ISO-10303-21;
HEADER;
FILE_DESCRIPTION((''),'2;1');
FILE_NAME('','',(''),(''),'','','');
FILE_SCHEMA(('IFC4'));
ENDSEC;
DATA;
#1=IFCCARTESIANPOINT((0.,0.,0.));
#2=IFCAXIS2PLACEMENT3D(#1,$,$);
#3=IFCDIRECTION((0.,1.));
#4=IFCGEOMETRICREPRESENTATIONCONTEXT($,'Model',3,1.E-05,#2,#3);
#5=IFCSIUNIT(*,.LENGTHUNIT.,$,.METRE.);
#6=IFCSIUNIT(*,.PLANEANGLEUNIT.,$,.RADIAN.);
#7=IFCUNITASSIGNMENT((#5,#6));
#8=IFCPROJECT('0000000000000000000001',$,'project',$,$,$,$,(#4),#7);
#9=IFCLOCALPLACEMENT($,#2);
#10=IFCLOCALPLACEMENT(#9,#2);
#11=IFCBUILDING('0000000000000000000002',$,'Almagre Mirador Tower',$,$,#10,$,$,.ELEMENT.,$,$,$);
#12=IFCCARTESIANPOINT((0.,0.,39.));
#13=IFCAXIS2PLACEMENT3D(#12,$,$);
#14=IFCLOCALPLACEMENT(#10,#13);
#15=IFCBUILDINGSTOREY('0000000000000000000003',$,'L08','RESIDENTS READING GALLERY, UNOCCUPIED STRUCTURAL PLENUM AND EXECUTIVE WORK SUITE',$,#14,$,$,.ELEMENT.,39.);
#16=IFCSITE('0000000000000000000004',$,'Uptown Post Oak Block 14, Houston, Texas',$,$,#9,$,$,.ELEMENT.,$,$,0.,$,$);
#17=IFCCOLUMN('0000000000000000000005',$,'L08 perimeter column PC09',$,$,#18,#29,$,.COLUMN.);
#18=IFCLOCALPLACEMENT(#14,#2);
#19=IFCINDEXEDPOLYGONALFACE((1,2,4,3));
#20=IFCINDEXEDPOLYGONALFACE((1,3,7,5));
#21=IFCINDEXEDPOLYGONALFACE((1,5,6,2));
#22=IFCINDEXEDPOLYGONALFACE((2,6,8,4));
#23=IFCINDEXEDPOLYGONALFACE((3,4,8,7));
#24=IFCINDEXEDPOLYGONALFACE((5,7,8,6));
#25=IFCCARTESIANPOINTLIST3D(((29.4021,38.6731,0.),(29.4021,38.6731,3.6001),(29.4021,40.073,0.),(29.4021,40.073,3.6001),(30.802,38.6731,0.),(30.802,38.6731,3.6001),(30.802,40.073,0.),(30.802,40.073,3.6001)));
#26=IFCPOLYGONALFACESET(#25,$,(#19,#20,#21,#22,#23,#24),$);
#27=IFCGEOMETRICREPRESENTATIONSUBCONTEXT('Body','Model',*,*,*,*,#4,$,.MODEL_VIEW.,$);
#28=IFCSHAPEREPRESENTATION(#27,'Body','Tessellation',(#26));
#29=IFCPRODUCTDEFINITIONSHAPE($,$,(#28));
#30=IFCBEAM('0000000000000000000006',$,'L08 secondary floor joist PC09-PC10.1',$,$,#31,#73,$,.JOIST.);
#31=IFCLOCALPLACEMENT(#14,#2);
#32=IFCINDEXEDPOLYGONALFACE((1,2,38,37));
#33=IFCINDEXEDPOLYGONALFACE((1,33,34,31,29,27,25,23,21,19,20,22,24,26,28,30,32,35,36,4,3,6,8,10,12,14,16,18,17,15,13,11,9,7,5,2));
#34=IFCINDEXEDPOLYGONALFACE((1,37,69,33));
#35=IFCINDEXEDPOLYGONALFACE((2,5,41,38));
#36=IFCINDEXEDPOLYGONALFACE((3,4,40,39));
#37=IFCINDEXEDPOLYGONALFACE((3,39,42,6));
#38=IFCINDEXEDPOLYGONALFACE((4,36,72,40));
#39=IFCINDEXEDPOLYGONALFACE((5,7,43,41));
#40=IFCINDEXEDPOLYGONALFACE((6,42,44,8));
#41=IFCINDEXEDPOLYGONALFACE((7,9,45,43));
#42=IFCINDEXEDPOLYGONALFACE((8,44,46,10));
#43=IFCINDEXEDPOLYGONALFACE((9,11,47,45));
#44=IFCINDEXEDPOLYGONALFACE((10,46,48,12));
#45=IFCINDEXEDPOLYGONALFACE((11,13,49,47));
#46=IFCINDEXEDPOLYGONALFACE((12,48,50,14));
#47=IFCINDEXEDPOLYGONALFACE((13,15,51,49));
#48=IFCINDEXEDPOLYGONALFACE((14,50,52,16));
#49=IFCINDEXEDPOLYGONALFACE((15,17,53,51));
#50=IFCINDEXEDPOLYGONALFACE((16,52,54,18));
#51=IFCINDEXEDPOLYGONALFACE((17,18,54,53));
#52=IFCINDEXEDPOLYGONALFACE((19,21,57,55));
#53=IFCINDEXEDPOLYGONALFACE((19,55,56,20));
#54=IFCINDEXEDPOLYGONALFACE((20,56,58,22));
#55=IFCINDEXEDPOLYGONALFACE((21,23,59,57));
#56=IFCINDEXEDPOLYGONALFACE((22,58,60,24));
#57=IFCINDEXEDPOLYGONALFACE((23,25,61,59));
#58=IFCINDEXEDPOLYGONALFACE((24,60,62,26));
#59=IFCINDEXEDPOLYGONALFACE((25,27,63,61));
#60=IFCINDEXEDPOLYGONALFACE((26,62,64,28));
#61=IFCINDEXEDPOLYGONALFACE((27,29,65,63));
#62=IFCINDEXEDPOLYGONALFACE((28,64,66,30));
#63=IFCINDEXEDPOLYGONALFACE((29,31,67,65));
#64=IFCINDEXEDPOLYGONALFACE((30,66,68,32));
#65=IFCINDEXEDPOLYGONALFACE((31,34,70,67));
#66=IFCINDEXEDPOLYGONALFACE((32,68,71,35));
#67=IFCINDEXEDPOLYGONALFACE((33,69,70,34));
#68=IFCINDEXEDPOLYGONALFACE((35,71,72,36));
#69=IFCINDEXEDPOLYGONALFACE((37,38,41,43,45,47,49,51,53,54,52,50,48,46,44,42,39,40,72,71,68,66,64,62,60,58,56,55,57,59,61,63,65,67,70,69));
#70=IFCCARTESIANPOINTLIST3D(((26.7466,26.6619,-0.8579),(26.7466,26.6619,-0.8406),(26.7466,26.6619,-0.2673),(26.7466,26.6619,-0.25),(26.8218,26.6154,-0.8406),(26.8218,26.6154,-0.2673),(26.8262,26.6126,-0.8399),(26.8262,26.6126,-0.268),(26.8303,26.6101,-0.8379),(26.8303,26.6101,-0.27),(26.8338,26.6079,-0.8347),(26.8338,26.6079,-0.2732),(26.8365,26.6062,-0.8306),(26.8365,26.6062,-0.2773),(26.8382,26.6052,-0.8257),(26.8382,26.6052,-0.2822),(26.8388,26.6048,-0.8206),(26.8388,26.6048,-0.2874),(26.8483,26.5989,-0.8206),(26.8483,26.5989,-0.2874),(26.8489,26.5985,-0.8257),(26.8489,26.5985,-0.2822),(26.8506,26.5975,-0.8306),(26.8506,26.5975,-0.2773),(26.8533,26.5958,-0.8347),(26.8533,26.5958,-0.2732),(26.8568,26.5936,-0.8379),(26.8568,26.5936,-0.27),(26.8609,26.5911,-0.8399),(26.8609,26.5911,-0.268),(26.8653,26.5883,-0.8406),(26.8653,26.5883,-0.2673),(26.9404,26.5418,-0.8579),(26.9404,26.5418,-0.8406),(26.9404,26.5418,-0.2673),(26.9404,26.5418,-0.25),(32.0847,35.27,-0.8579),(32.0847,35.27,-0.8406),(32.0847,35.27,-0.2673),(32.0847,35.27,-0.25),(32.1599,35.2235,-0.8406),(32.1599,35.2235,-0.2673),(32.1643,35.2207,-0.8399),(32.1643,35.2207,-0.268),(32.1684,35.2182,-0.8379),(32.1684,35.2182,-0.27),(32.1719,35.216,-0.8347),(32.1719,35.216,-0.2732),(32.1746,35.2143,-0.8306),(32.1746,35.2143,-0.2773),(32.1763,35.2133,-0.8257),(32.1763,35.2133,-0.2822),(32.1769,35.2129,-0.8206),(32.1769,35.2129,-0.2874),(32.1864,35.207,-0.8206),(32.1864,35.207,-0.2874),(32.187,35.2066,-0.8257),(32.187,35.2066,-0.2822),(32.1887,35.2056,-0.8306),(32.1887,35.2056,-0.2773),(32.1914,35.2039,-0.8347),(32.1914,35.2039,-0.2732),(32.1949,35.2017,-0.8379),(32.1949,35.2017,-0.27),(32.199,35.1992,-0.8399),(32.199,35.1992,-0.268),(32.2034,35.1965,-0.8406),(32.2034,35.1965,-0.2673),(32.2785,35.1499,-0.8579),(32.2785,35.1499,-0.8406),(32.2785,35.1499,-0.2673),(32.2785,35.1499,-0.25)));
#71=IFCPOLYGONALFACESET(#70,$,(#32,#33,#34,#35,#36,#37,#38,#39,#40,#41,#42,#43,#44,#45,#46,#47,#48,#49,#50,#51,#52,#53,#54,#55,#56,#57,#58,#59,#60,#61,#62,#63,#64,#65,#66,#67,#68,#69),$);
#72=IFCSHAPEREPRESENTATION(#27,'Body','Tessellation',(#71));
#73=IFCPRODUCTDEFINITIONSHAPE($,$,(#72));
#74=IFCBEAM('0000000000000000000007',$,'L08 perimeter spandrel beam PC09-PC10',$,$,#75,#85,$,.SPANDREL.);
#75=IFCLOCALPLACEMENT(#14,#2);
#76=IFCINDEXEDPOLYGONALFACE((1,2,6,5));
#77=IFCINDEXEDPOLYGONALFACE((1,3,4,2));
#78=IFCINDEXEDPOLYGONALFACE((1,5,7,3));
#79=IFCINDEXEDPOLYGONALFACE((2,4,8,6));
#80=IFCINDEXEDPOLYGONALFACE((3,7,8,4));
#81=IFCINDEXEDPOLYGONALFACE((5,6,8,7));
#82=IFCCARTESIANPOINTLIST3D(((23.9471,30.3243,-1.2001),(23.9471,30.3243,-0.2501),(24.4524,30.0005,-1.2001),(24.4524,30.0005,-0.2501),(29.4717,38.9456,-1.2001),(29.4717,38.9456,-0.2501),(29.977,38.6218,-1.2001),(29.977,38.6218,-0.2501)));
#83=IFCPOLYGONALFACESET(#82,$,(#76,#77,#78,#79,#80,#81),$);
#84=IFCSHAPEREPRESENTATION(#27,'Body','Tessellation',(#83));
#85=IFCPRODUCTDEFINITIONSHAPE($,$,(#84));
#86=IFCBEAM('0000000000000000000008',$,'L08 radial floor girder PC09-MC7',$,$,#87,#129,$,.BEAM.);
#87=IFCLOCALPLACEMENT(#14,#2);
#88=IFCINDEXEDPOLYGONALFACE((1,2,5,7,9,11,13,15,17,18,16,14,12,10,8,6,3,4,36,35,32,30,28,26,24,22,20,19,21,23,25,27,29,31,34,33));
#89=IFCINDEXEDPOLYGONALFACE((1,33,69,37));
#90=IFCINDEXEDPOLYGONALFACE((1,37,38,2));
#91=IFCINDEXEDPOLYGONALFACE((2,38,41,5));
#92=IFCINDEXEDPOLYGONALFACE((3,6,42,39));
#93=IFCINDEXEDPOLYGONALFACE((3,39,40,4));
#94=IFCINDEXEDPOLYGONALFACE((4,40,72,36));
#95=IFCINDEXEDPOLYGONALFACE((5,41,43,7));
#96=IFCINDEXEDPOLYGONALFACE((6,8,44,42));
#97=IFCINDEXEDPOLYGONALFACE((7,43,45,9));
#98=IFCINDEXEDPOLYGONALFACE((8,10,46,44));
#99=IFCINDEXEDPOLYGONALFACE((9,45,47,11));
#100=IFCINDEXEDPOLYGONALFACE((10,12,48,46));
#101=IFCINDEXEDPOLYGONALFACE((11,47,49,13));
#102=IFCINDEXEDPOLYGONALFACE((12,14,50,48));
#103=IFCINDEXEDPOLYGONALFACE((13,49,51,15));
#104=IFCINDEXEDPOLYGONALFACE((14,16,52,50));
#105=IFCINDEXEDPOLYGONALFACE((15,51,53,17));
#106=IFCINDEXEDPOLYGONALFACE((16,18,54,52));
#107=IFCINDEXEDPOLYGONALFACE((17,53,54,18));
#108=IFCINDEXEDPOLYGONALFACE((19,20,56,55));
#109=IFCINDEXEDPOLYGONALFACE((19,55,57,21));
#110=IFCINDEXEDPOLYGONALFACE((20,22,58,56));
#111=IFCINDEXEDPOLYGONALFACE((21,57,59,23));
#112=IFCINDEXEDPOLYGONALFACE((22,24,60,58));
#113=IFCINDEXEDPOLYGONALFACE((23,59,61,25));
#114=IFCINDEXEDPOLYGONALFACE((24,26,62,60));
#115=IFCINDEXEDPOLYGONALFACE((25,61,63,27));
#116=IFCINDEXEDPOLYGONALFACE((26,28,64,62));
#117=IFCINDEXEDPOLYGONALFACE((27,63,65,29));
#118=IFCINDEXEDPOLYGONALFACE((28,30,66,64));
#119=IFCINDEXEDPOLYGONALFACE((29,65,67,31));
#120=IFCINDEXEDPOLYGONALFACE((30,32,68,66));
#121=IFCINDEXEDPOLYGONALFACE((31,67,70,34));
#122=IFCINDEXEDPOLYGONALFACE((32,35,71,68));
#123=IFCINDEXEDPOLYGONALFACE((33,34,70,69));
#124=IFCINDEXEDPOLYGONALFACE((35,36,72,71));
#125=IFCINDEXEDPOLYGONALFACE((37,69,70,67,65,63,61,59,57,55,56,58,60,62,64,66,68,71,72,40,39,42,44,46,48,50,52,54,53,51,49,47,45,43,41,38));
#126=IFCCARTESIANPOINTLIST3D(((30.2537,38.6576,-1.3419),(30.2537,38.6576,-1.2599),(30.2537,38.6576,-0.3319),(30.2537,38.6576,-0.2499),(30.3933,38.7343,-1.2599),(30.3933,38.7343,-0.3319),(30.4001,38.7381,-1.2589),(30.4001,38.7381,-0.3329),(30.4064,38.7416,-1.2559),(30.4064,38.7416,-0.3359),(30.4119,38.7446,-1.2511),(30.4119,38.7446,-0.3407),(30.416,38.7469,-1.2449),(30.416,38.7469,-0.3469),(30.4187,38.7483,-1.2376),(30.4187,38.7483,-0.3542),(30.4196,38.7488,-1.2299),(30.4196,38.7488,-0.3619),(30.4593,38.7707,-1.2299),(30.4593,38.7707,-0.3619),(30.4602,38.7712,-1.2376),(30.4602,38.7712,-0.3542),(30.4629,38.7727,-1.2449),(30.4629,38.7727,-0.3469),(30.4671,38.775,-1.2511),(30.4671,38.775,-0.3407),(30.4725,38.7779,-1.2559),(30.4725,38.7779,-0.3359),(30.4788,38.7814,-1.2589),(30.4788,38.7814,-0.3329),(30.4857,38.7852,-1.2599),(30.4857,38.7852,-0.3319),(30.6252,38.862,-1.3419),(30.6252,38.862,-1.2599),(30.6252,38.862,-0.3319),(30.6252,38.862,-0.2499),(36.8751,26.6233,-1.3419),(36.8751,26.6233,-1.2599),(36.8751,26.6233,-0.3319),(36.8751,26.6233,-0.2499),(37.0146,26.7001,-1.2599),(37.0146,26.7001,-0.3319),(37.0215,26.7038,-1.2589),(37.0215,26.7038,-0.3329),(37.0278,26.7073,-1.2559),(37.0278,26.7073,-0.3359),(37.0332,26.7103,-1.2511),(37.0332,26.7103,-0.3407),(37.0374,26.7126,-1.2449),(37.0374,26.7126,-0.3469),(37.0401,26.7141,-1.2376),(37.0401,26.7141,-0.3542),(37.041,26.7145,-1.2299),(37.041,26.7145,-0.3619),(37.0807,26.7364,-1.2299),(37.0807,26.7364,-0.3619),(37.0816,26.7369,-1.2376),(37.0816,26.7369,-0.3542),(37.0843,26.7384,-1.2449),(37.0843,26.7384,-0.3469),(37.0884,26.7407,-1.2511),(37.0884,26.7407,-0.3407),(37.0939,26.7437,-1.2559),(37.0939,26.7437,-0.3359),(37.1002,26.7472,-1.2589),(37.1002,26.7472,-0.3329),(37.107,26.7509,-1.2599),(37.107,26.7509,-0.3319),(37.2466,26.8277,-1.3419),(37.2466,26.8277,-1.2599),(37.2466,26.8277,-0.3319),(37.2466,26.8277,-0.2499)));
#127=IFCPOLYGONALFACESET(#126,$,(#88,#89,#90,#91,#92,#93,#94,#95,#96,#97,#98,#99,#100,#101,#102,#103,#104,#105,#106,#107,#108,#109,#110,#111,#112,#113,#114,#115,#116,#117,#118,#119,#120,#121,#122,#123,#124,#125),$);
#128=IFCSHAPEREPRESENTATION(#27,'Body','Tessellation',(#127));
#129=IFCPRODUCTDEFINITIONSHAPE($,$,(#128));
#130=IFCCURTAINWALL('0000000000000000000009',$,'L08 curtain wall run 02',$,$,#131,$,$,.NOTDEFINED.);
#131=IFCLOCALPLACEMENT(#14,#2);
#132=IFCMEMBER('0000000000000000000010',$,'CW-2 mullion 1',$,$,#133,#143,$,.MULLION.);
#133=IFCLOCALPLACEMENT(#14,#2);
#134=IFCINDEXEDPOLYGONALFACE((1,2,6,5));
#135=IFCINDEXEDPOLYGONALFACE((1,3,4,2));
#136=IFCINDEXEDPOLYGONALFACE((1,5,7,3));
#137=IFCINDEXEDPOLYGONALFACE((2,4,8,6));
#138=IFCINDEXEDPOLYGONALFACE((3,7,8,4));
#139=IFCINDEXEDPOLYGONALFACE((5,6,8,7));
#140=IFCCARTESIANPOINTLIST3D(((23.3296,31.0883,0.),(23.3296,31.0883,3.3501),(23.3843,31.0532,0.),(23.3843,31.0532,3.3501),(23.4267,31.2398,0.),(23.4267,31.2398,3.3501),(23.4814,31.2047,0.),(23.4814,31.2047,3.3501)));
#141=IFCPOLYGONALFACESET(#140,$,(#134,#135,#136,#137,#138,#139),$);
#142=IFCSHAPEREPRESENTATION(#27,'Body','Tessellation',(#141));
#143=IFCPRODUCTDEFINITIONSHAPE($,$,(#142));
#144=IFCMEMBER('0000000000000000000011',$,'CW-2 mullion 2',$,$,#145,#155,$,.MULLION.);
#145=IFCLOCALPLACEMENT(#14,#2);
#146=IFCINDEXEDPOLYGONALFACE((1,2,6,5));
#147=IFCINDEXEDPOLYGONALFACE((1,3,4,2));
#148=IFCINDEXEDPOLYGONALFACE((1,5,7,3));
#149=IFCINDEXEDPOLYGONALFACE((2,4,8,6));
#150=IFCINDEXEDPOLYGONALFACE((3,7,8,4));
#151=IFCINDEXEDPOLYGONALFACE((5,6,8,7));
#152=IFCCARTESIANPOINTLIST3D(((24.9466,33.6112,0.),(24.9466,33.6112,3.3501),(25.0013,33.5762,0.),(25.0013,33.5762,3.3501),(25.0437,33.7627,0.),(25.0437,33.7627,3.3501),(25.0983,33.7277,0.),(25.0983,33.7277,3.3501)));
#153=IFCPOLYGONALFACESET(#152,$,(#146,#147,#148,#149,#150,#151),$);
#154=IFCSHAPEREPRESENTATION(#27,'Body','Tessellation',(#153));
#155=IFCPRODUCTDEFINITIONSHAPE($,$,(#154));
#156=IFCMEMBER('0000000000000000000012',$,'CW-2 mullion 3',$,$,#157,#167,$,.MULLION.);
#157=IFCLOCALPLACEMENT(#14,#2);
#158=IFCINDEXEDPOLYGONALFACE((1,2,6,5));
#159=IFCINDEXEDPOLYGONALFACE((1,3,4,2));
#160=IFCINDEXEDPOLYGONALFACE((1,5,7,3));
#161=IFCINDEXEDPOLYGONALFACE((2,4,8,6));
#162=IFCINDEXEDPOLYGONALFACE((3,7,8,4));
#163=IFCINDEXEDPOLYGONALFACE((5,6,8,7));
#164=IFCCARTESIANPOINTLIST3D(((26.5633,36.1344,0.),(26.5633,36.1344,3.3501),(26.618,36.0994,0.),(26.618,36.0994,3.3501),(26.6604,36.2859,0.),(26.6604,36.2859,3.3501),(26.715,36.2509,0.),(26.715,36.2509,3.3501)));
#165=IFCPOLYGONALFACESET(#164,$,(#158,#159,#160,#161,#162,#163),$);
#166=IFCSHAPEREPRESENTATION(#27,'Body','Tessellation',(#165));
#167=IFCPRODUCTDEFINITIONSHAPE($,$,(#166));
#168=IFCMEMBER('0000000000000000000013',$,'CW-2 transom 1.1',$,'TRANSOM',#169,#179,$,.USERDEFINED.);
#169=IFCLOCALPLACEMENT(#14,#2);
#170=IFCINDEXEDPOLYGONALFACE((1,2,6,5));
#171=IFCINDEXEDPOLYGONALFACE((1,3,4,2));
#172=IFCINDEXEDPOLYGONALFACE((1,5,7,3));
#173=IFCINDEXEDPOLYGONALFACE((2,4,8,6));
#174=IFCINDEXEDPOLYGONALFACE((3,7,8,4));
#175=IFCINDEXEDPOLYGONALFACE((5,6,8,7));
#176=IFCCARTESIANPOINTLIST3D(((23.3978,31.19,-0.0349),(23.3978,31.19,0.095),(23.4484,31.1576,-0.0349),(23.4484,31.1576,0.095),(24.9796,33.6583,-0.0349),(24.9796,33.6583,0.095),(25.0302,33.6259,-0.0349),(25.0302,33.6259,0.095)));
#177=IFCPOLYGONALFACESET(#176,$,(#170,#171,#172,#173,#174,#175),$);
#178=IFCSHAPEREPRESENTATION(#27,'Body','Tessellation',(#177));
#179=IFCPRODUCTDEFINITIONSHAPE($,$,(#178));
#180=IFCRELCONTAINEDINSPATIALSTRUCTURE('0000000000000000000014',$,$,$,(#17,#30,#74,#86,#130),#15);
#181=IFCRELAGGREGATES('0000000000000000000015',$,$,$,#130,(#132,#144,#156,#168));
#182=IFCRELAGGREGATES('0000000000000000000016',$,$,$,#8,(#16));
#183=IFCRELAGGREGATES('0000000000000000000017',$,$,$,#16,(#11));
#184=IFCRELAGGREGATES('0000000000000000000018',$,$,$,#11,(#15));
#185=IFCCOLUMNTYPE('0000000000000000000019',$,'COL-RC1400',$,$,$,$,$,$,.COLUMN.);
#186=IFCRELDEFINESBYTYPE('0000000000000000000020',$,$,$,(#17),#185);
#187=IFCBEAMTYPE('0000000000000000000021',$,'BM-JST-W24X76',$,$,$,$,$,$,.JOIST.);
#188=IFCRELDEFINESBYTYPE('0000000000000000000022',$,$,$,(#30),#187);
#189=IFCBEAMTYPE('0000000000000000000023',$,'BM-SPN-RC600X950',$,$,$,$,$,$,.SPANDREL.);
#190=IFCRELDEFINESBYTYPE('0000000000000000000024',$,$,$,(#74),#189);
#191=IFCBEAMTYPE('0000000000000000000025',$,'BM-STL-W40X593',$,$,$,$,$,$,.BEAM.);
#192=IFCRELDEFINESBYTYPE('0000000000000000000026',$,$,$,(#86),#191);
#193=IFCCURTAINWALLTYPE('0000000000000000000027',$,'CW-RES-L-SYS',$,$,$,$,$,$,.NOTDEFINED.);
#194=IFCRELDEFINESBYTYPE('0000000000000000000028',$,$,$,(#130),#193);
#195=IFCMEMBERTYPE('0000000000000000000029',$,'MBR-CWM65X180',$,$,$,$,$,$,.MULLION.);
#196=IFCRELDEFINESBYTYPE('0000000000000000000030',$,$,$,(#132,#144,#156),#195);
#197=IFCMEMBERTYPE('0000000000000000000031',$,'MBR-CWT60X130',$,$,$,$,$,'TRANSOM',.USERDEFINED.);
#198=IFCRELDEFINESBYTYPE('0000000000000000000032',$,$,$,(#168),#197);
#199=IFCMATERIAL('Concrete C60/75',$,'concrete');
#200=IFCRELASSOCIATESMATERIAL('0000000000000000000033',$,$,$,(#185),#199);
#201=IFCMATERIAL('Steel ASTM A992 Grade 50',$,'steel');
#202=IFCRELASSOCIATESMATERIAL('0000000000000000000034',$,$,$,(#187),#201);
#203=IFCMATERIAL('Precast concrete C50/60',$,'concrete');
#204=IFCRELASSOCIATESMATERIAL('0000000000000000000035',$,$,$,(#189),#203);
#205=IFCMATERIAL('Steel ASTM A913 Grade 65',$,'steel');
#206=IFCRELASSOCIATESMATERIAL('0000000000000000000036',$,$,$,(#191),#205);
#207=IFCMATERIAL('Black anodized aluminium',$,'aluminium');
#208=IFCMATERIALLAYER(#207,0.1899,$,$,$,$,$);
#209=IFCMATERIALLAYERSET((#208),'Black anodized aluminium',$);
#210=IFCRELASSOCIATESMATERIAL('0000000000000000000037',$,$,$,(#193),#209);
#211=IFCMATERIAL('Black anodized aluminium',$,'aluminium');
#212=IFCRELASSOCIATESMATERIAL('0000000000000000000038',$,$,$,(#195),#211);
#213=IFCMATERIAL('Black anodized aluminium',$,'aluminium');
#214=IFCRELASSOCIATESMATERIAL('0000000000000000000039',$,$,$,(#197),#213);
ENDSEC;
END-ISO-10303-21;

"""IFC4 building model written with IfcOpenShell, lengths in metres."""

from ifc_helpers import new_model, si_unit, direction, frame, origin, origin_2d, place, context, subcontext, project, spatial, rectangle, i_section, extrude, material, layer, layer_set, material_profile, profile_set, type_object, element, aggregate, save


model = new_model("IFC4")

# Units and contexts
model_context = context("Model", 3, precision=1e-05, world=origin(), true_north=direction((0.0, 1.0)))
body_context = subcontext(model_context, "Body", "Model", "MODEL_VIEW")
ifc_project = project(units=[si_unit("LENGTHUNIT", "METRE"), si_unit("PLANEANGLEUNIT", "RADIAN")], contexts=[model_context])

# Site, building, storey
site_placement = place(None, origin())
site = spatial("IfcSite", under=ifc_project, at=site_placement, Name="Uptown Post Oak Block 14, Houston, Texas", CompositionType="ELEMENT", RefElevation=0.0)
building_placement = place(site_placement, origin())
building = spatial("IfcBuilding", under=site, at=building_placement, Name="Almagre Mirador Tower", CompositionType="ELEMENT")
storey_placement = place(building_placement, frame((0.0, 0.0, 39.0)))
storey = spatial("IfcBuildingStorey", under=building, at=storey_placement, Name="L08", Description="RESIDENTS READING GALLERY, UNOCCUPIED STRUCTURAL PLENUM AND EXECUTIVE WORK SUITE", CompositionType="ELEMENT", Elevation=39.0)

# Column
ifc_material_1 = material(Name="Concrete C60/75", Category="concrete")
ifc_material_profile_1 = material_profile(ifc_material_1, rectangle(XDim=1.3999, YDim=1.3999, at=origin_2d()), Name="RC1400X1400")
ifc_profile_set_1 = profile_set([ifc_material_profile_1], Name="Concrete C60/75")
column_type = type_object("IfcColumnType", Name="COL-RC1400", PredefinedType="COLUMN", material=ifc_profile_set_1)
column_placement = place(storey_placement, frame((30.1021, 39.373, 0.0), z_axis=(0.0, 0.0, 1.0), x_axis=(1.0, 0.0, 0.0)))
element("IfcColumn", 1, at=column_placement, inside=storey, type_object=column_type, Name="L08 perimeter column PC09", PredefinedType="COLUMN", context=body_context, shape_type="SweptSolid", body=[
    extrude(rectangle(XDim=1.3999, YDim=1.3999, at=origin_2d()), origin(), (0.0, 0.0, 1.0), 3.6001),
])

# Beams
ifc_material_2 = material(Name="Steel ASTM A992 Grade 50", Category="steel")
ifc_material_profile_2 = material_profile(ifc_material_2, i_section(OverallWidth=0.228, OverallDepth=0.6079, WebThickness=0.0112, FlangeThickness=0.0173, FilletRadius=0.02, at=origin_2d()), Name="W24X76")
ifc_profile_set_2 = profile_set([ifc_material_profile_2], Name="Steel ASTM A992 Grade 50")
beam_type_1 = type_object("IfcBeamType", Name="BM-JST-W24X76", PredefinedType="JOIST", material=ifc_profile_set_2)
beam_1_placement = place(storey_placement, frame((32.1816, 35.21, -0.554), z_axis=(-0.527017, -0.849855, 0.0), x_axis=(0.849855, -0.527017, 0.0)))
element("IfcBeam", 2, at=beam_1_placement, inside=storey, type_object=beam_type_1, Name="L08 secondary floor joist PC09-PC10.1", PredefinedType="JOIST", context=body_context, shape_type="SweptSolid", body=[
    extrude(i_section(OverallWidth=0.228, OverallDepth=0.6079, WebThickness=0.0112, FlangeThickness=0.0173, FilletRadius=0.02, at=origin_2d()), origin(), (0.0, 0.0, 1.0), 10.1289),
])
ifc_material_3 = material(Name="Precast concrete C50/60", Category="concrete")
ifc_material_profile_3 = material_profile(ifc_material_3, rectangle(XDim=0.6001, YDim=0.95, at=origin_2d()), Name="RC600X950")
ifc_profile_set_3 = profile_set([ifc_material_profile_3], Name="Precast concrete C50/60")
beam_type_2 = type_object("IfcBeamType", Name="BM-SPN-RC600X950", PredefinedType="SPANDREL", material=ifc_profile_set_3)
beam_2_placement = place(storey_placement, frame((29.7244, 38.7837, -0.7251), z_axis=(-0.539539, -0.841961, 0.0), x_axis=(0.841961, -0.539539, 0.0)))
element("IfcBeam", 3, at=beam_2_placement, inside=storey, type_object=beam_type_2, Name="L08 perimeter spandrel beam PC09-PC10", PredefinedType="SPANDREL", context=body_context, shape_type="SweptSolid", body=[
    extrude(rectangle(XDim=0.6001, YDim=0.95, at=origin_2d()), origin(), (0.0, 0.0, 1.0), 10.2395),
])
ifc_material_4 = material(Name="Steel ASTM A913 Grade 65", Category="steel")
ifc_material_profile_4 = material_profile(ifc_material_4, i_section(OverallWidth=0.4241, OverallDepth=1.092, WebThickness=0.0454, FlangeThickness=0.082, FilletRadius=0.03, at=origin_2d()), Name="W40X593")
ifc_profile_set_4 = profile_set([ifc_material_profile_4], Name="Steel ASTM A913 Grade 65")
beam_type_3 = type_object("IfcBeamType", Name="BM-STL-W40X593", PredefinedType="BEAM", material=ifc_profile_set_4)
beam_3_placement = place(storey_placement, frame((30.4395, 38.7598, -0.7959), z_axis=(0.482061, -0.876138, 0.0), x_axis=(0.876138, 0.482061, 0.0)))
element("IfcBeam", 4, at=beam_3_placement, inside=storey, type_object=beam_type_3, Name="L08 radial floor girder PC09-MC7", PredefinedType="BEAM", context=body_context, shape_type="SweptSolid", body=[
    extrude(i_section(OverallWidth=0.4241, OverallDepth=1.092, WebThickness=0.0454, FlangeThickness=0.082, FilletRadius=0.03, at=origin_2d()), origin(), (0.0, 0.0, 1.0), 13.7356),
])

# Curtain wall, members
ifc_material_5 = material(Name="Black anodized aluminium", Category="aluminium")
ifc_layer_1 = layer(ifc_material_5, 0.1899)
ifc_layer_set_1 = layer_set([ifc_layer_1], Name="Black anodized aluminium")
curtain_wall_type = type_object("IfcCurtainWallType", Name="CW-RES-L-SYS", PredefinedType="NOTDEFINED", material=ifc_layer_set_1)
curtain_wall_placement = place(storey_placement, origin())
curtain_wall = element("IfcCurtainWall", 5, at=curtain_wall_placement, inside=storey, type_object=curtain_wall_type, Name="L08 curtain wall run 02", PredefinedType="NOTDEFINED")
ifc_material_6 = material(Name="Black anodized aluminium", Category="aluminium")
ifc_material_profile_5 = material_profile(ifc_material_6, rectangle(XDim=0.0649, YDim=0.1799, at=origin_2d()), Name="CWM65X180")
ifc_profile_set_5 = profile_set([ifc_material_profile_5], Name="Black anodized aluminium")
member_type_1 = type_object("IfcMemberType", Name="MBR-CWM65X180", PredefinedType="MULLION", material=ifc_profile_set_5)
member_1_placement = place(storey_placement, frame((23.4055, 31.1465, 0.0), z_axis=(0.0, 0.0, 1.0), x_axis=(-0.841967, 0.539529, 0.0)))
member_1 = element("IfcMember", 6, at=member_1_placement, type_object=member_type_1, Name="CW-2 mullion 1", PredefinedType="MULLION", context=body_context, shape_type="SweptSolid", body=[
    extrude(rectangle(XDim=0.0649, YDim=0.1799, at=origin_2d()), origin(), (0.0, 0.0, 1.0), 3.3501),
])
member_2_placement = place(storey_placement, frame((25.0225, 33.6694, 0.0), z_axis=(0.0, 0.0, 1.0), x_axis=(-0.841967, 0.539529, 0.0)))
member_2 = element("IfcMember", 7, at=member_2_placement, type_object=member_type_1, Name="CW-2 mullion 2", PredefinedType="MULLION", context=body_context, shape_type="SweptSolid", body=[
    extrude(rectangle(XDim=0.0649, YDim=0.1799, at=origin_2d()), origin(), (0.0, 0.0, 1.0), 3.3501),
])
member_3_placement = place(storey_placement, frame((26.6392, 36.1926, 0.0), z_axis=(0.0, 0.0, 1.0), x_axis=(-0.841967, 0.539529, 0.0)))
member_3 = element("IfcMember", 8, at=member_3_placement, type_object=member_type_1, Name="CW-2 mullion 3", PredefinedType="MULLION", context=body_context, shape_type="SweptSolid", body=[
    extrude(rectangle(XDim=0.0649, YDim=0.1799, at=origin_2d()), origin(), (0.0, 0.0, 1.0), 3.3501),
])
ifc_material_7 = material(Name="Black anodized aluminium", Category="aluminium")
ifc_material_profile_6 = material_profile(ifc_material_7, rectangle(XDim=0.0601, YDim=0.1299, at=origin_2d()), Name="CWT60X130")
ifc_profile_set_6 = profile_set([ifc_material_profile_6], Name="Black anodized aluminium")
member_type_2 = type_object("IfcMemberType", Name="MBR-CWT60X130", ElementType="TRANSOM", PredefinedType="USERDEFINED", material=ifc_profile_set_6)
member_4_placement = place(storey_placement, frame((23.4231, 31.1738, 0.03), z_axis=(0.539562, 0.841946, 0.0), x_axis=(-0.841946, 0.539562, 0.0)))
member_4 = element("IfcMember", 9, at=member_4_placement, type_object=member_type_2, Name="CW-2 transom 1.1", ObjectType="TRANSOM", PredefinedType="USERDEFINED", context=body_context, shape_type="SweptSolid", body=[
    extrude(rectangle(XDim=0.0601, YDim=0.1299, at=origin_2d()), origin(), (0.0, 0.0, 1.0), 2.9316),
])
aggregate(curtain_wall, [member_1, member_2, member_3, member_4])

save(model, "model.ifc")
